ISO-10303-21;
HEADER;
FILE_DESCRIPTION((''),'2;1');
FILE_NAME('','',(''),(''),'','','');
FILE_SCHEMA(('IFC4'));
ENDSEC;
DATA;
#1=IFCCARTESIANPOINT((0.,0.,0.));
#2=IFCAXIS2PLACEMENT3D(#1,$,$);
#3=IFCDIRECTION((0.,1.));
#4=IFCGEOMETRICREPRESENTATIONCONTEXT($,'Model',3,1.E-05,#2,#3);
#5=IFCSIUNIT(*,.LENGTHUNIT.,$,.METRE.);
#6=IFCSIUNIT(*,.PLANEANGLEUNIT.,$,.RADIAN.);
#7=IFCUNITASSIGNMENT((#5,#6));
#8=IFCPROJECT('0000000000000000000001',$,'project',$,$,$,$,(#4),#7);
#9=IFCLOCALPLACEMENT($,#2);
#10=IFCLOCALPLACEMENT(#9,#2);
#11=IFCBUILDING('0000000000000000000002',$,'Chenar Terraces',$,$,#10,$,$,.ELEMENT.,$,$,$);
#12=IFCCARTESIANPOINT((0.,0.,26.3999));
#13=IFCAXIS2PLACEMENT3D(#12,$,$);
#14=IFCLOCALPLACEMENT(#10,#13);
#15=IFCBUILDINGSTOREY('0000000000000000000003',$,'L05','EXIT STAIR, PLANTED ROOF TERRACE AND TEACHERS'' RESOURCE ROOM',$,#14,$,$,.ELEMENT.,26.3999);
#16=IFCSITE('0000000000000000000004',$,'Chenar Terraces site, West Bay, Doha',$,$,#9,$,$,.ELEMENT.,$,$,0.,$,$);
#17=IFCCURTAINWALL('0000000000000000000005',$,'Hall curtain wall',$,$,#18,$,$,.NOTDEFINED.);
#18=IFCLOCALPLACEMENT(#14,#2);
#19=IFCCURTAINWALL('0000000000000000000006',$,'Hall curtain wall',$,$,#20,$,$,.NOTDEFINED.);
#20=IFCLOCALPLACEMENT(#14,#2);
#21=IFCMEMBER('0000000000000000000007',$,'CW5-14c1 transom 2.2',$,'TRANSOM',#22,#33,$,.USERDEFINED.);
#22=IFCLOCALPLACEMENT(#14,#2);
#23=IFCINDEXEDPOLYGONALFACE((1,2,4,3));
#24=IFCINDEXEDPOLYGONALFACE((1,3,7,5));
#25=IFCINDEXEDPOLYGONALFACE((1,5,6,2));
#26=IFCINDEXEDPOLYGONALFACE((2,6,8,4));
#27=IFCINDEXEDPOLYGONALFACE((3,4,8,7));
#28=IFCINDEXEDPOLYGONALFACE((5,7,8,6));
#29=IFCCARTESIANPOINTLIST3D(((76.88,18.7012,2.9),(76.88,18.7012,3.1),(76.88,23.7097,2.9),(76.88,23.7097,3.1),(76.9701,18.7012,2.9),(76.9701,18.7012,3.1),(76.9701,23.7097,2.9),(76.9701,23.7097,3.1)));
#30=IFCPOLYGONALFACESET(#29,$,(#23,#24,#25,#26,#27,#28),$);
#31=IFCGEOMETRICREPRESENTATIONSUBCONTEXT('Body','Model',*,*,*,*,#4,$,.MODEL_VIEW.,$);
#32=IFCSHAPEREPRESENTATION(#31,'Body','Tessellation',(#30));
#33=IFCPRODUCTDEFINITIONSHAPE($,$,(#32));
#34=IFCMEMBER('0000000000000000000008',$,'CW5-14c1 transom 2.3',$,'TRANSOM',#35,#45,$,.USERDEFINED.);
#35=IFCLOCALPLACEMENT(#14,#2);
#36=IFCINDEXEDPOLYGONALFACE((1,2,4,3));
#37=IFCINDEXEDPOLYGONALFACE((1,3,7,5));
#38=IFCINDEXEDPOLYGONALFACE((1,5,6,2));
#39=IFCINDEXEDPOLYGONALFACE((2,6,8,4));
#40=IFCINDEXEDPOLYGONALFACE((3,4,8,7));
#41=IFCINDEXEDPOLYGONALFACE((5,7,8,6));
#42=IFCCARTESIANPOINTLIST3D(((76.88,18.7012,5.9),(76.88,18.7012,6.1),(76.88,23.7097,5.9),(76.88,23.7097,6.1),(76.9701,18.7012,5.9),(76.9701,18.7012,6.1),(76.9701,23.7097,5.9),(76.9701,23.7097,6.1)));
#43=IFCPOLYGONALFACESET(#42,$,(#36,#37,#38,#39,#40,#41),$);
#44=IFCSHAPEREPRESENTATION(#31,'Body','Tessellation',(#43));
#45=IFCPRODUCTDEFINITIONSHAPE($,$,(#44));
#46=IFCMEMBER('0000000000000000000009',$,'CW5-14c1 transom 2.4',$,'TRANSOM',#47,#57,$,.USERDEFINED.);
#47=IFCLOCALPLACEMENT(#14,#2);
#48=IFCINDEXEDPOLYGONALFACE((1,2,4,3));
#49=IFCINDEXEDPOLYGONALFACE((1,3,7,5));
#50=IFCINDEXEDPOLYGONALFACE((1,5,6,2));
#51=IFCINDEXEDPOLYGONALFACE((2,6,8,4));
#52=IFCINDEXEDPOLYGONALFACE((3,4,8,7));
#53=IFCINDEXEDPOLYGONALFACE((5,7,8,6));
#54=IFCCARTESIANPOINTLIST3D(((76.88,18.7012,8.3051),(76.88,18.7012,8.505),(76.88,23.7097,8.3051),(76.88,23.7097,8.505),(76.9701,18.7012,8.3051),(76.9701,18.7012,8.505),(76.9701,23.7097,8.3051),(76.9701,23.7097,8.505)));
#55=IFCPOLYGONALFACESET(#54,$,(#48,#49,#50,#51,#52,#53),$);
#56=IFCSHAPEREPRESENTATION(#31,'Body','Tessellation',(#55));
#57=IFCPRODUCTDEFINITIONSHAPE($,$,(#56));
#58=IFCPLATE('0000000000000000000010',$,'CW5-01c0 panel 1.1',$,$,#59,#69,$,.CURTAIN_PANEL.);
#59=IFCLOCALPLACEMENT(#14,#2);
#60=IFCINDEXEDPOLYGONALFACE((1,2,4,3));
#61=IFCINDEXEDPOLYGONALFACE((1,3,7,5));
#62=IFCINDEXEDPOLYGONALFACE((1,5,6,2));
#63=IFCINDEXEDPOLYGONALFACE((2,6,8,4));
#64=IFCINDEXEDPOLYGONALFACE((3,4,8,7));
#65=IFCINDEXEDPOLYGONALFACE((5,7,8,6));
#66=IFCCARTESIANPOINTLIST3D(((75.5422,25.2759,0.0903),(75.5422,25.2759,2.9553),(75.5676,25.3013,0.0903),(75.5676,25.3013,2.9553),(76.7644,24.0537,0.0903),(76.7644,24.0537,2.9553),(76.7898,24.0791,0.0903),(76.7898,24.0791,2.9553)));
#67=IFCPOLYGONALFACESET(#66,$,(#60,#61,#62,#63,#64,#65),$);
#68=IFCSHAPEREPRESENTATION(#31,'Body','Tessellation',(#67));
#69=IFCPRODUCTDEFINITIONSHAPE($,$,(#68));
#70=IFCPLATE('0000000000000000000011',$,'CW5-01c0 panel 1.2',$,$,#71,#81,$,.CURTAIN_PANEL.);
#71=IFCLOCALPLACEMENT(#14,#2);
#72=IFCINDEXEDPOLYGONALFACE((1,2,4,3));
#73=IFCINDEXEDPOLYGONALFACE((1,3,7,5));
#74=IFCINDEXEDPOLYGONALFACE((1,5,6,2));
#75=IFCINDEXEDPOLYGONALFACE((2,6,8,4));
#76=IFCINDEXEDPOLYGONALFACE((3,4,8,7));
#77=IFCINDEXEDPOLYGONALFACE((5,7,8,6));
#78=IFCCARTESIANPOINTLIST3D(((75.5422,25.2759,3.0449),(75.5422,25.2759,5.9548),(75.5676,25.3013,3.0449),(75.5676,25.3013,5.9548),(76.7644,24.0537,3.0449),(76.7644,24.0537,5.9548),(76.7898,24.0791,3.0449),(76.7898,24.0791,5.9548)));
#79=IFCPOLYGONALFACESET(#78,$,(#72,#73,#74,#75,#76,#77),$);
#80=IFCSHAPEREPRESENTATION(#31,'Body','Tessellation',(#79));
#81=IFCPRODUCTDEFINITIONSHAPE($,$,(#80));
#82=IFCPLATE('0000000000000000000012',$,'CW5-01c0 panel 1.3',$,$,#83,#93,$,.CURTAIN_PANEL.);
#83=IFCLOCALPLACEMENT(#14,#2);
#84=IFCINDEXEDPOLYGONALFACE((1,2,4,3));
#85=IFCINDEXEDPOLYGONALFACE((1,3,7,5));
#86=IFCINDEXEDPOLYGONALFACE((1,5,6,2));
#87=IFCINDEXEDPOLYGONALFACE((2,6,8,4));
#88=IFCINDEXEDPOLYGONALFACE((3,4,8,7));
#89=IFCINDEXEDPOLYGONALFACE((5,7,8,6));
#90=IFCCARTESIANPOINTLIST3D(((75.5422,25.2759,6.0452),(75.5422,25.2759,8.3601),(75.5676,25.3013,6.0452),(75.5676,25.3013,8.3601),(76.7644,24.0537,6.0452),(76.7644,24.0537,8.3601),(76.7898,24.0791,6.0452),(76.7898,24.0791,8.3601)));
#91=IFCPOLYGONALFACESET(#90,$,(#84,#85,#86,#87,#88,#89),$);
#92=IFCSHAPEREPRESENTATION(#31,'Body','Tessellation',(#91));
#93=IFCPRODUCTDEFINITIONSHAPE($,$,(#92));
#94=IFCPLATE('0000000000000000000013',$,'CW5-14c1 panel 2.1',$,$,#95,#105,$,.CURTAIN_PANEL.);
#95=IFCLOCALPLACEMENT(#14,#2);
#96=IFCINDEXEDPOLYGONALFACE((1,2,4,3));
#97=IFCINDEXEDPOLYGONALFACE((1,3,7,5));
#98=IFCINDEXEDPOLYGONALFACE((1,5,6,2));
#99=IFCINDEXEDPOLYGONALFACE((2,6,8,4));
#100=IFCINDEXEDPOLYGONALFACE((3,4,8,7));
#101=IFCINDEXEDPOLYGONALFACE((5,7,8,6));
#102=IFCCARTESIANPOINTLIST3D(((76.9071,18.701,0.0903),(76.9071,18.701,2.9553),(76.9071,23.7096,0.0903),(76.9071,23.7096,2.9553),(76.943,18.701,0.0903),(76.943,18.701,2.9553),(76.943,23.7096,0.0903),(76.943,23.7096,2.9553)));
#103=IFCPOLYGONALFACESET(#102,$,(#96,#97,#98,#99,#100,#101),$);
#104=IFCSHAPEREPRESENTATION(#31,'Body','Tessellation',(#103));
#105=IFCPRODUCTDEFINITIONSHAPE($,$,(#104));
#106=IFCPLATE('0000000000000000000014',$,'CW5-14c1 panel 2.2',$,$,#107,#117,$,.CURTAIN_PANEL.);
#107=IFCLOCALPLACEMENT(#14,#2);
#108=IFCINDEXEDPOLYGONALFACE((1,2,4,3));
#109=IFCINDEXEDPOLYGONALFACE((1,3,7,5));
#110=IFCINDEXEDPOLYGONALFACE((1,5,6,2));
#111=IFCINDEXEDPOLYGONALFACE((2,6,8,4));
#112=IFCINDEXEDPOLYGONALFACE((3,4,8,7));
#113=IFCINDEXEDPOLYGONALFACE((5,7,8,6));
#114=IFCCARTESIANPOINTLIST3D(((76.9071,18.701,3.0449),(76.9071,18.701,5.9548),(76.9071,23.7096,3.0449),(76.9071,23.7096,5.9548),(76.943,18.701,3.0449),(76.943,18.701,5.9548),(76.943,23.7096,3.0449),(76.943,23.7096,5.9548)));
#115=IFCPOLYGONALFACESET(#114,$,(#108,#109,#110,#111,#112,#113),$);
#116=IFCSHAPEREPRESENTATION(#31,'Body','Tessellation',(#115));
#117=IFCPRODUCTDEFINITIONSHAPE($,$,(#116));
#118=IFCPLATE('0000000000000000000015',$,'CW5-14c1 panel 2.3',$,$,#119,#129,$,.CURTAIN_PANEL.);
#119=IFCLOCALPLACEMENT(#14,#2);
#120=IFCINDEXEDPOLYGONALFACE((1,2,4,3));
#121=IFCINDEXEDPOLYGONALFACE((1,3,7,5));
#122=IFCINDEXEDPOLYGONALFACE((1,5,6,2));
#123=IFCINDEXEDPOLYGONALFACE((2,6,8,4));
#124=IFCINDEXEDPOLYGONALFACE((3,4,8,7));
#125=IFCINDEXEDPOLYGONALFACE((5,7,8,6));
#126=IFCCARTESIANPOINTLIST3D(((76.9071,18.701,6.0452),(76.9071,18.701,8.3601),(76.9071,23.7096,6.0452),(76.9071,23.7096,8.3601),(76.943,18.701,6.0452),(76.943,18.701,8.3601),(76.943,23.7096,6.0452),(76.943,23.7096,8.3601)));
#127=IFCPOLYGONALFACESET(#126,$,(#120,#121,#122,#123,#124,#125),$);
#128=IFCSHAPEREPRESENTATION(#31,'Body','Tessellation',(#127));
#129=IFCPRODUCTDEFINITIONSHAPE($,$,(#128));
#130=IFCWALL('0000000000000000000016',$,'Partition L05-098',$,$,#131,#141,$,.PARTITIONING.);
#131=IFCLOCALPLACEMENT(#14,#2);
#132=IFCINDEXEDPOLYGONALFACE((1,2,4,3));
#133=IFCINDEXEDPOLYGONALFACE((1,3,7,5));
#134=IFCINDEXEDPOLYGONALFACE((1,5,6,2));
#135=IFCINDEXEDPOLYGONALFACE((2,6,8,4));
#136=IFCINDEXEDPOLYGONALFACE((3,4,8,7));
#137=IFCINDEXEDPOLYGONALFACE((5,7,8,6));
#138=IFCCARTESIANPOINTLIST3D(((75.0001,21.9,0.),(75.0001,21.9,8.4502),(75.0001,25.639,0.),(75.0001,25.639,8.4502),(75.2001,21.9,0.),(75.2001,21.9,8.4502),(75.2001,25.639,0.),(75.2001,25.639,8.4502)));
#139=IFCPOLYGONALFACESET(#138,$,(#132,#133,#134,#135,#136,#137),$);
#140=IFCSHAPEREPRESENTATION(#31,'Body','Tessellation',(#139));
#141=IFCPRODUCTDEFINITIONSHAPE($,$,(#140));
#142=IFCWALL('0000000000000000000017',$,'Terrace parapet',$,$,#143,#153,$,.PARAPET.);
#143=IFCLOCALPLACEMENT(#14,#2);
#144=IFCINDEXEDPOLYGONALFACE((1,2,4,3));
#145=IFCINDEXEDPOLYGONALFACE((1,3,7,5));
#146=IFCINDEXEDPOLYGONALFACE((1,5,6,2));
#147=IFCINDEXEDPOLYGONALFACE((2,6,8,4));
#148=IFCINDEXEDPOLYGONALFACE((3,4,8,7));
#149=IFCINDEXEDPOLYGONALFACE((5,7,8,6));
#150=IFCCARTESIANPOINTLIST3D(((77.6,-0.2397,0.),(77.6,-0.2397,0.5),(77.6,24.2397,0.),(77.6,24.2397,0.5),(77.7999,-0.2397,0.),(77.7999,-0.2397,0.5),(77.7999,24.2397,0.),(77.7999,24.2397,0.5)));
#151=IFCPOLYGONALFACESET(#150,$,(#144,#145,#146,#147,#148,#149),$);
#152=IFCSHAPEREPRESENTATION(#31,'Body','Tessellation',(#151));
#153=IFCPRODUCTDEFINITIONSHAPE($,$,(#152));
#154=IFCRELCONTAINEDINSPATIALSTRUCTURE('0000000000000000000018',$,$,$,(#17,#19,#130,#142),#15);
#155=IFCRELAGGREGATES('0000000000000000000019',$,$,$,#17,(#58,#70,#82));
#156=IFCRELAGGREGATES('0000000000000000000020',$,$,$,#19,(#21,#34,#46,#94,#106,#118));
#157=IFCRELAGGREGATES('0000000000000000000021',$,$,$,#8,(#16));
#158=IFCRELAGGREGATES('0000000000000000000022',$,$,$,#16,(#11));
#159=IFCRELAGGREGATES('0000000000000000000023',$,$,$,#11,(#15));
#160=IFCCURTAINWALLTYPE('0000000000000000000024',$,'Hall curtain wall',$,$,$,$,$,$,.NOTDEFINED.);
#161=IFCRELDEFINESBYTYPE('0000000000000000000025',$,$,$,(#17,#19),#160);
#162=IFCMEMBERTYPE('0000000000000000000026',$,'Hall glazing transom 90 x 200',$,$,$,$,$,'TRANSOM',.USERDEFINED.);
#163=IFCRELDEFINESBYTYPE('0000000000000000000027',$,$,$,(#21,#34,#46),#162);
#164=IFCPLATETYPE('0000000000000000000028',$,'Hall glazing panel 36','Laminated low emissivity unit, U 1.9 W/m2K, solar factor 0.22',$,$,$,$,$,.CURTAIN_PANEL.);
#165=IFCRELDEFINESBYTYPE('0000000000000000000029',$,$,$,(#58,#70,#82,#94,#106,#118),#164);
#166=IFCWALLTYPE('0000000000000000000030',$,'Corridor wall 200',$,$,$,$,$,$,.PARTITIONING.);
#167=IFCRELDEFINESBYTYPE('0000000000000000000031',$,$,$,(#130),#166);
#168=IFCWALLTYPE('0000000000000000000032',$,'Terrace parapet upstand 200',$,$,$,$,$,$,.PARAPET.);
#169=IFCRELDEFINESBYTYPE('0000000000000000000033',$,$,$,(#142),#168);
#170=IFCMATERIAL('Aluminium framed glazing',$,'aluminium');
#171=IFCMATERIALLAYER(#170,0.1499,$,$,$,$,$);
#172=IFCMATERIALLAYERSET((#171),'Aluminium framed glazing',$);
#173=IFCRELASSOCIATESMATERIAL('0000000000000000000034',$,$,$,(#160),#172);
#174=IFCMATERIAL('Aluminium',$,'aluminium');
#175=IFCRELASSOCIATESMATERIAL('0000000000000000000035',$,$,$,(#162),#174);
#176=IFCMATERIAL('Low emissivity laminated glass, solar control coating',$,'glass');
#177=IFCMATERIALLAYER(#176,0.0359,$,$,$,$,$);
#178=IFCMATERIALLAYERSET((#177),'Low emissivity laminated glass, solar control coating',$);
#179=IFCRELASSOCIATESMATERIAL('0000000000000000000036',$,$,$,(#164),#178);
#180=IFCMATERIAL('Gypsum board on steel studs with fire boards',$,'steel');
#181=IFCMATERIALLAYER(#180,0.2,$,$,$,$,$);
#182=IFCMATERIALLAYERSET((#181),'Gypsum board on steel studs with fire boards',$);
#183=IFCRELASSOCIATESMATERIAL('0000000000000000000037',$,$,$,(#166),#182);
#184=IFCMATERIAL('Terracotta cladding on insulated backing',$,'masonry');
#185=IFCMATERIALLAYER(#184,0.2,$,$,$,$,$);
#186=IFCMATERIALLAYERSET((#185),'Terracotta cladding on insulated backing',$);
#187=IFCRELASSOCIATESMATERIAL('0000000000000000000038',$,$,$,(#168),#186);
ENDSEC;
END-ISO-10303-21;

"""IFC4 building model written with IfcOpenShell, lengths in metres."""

from ifc_helpers import new_model, si_unit, direction, frame, frame_2d, origin, origin_2d, place, context, subcontext, project, spatial, rectangle, extrude, material, layer, layer_set, material_profile, profile_set, type_object, element, aggregate, save


model = new_model("IFC4")

# Units and contexts
model_context = context("Model", 3, precision=1e-05, world=origin(), true_north=direction((0.0, 1.0)))
body_context = subcontext(model_context, "Body", "Model", "MODEL_VIEW")
ifc_project = project(units=[si_unit("LENGTHUNIT", "METRE"), si_unit("PLANEANGLEUNIT", "RADIAN")], contexts=[model_context])

# Site, building, storey
site_placement = place(None, origin())
site = spatial("IfcSite", under=ifc_project, at=site_placement, Name="Chenar Terraces site, West Bay, Doha", CompositionType="ELEMENT", RefElevation=0.0)
building_placement = place(site_placement, origin())
building = spatial("IfcBuilding", under=site, at=building_placement, Name="Chenar Terraces", CompositionType="ELEMENT")
storey_placement = place(building_placement, frame((0.0, 0.0, 26.3999)))
storey = spatial("IfcBuildingStorey", under=building, at=storey_placement, Name="L05", Description="EXIT STAIR, PLANTED ROOF TERRACE AND TEACHERS' RESOURCE ROOM", CompositionType="ELEMENT", Elevation=26.3999)

# Curtain wall
ifc_material_1 = material(Name="Aluminium framed glazing", Category="aluminium")
ifc_layer_1 = layer(ifc_material_1, 0.1499)
ifc_layer_set_1 = layer_set([ifc_layer_1], Name="Aluminium framed glazing")
curtain_wall_type = type_object("IfcCurtainWallType", Name="Hall curtain wall", PredefinedType="NOTDEFINED", material=ifc_layer_set_1)
placement = place(storey_placement, origin())
curtain_wall_1 = element("IfcCurtainWall", 1, at=placement, inside=storey, type_object=curtain_wall_type, Name="Hall curtain wall", PredefinedType="NOTDEFINED")

# Curtain wall
curtain_wall_2 = element("IfcCurtainWall", 2, at=placement, inside=storey, type_object=curtain_wall_type, Name="Hall curtain wall", PredefinedType="NOTDEFINED")

# Members
ifc_material_2 = material(Name="Aluminium", Category="aluminium")
ifc_material_profile_1 = material_profile(ifc_material_2, rectangle(XDim=0.0901, YDim=0.2, at=origin_2d()), Name="Hall glazing transom 90 x 200")
ifc_profile_set_1 = profile_set([ifc_material_profile_1], Name="Aluminium")
member_type_1 = type_object("IfcMemberType", Name="Hall glazing transom 90 x 200", ElementType="TRANSOM", PredefinedType="USERDEFINED", material=ifc_profile_set_1)
member_1_placement = place(storey_placement, frame((76.925, 18.7012, 3.0), z_axis=(0.0, 1.0, 0.0), x_axis=(-1.0, 0.0, 0.0)))
member_1 = element("IfcMember", 3, at=member_1_placement, type_object=member_type_1, Name="CW5-14c1 transom 2.2", ObjectType="TRANSOM", PredefinedType="USERDEFINED", context=body_context, shape_type="SweptSolid", body=[
    extrude(rectangle(XDim=0.0901, YDim=0.2, at=origin_2d()), origin(), (0.0, 0.0, 1.0), 5.0085),
])
member_2_placement = place(storey_placement, frame((76.925, 18.7012, 6.0), z_axis=(0.0, 1.0, 0.0), x_axis=(-1.0, 0.0, 0.0)))
member_2 = element("IfcMember", 4, at=member_2_placement, type_object=member_type_1, Name="CW5-14c1 transom 2.3", ObjectType="TRANSOM", PredefinedType="USERDEFINED", context=body_context, shape_type="SweptSolid", body=[
    extrude(rectangle(XDim=0.0901, YDim=0.2, at=origin_2d()), origin(), (0.0, 0.0, 1.0), 5.0085),
])
member_3_placement = place(storey_placement, frame((76.925, 18.7012, 8.405), z_axis=(0.0, 1.0, 0.0), x_axis=(-1.0, 0.0, 0.0)))
member_3 = element("IfcMember", 5, at=member_3_placement, type_object=member_type_1, Name="CW5-14c1 transom 2.4", ObjectType="TRANSOM", PredefinedType="USERDEFINED", context=body_context, shape_type="SweptSolid", body=[
    extrude(rectangle(XDim=0.0901, YDim=0.2, at=origin_2d()), origin(), (0.0, 0.0, 1.0), 5.0085),
])

# Plates
ifc_material_3 = material(Name="Low emissivity laminated glass, solar control coating", Category="glass")
ifc_layer_2 = layer(ifc_material_3, 0.0359)
ifc_layer_set_2 = layer_set([ifc_layer_2], Name="Low emissivity laminated glass, solar control coating")
plate_type = type_object("IfcPlateType", Name="Hall glazing panel 36", Description="Laminated low emissivity unit, U 1.9 W/m2K, solar factor 0.22", PredefinedType="CURTAIN_PANEL", material=ifc_layer_set_2)
plate_1_placement = place(storey_placement, frame((76.166, 24.6775, 0.0903), z_axis=(0.0, 0.0, 1.0), x_axis=(-0.707107, 0.707107, 0.0)))
plate_1 = element("IfcPlate", 6, at=plate_1_placement, type_object=plate_type, Name="CW5-01c0 panel 1.1", PredefinedType="CURTAIN_PANEL", context=body_context, shape_type="SweptSolid", body=[
    extrude(rectangle(XDim=1.7285, YDim=0.0359, at=origin_2d()), origin(), (0.0, 0.0, 1.0), 2.865),
])
plate_2_placement = place(storey_placement, frame((76.166, 24.6775, 3.0449), z_axis=(0.0, 0.0, 1.0), x_axis=(-0.707107, 0.707107, 0.0)))
plate_2 = element("IfcPlate", 7, at=plate_2_placement, type_object=plate_type, Name="CW5-01c0 panel 1.2", PredefinedType="CURTAIN_PANEL", context=body_context, shape_type="SweptSolid", body=[
    extrude(rectangle(XDim=1.7285, YDim=0.0359, at=origin_2d()), origin(), (0.0, 0.0, 1.0), 2.9099),
])
plate_3_placement = place(storey_placement, frame((76.166, 24.6775, 6.0452), z_axis=(0.0, 0.0, 1.0), x_axis=(-0.707107, 0.707107, 0.0)))
plate_3 = element("IfcPlate", 8, at=plate_3_placement, type_object=plate_type, Name="CW5-01c0 panel 1.3", PredefinedType="CURTAIN_PANEL", context=body_context, shape_type="SweptSolid", body=[
    extrude(rectangle(XDim=1.7285, YDim=0.0359, at=origin_2d()), origin(), (0.0, 0.0, 1.0), 2.3149),
])
aggregate(curtain_wall_1, [plate_1, plate_2, plate_3])
plate_4_placement = place(storey_placement, frame((76.925, 21.2053, 0.0903), z_axis=(0.0, 0.0, 1.0), x_axis=(0.0, 1.0, 0.0)))
plate_4 = element("IfcPlate", 9, at=plate_4_placement, type_object=plate_type, Name="CW5-14c1 panel 2.1", PredefinedType="CURTAIN_PANEL", context=body_context, shape_type="SweptSolid", body=[
    extrude(rectangle(XDim=5.0085, YDim=0.0359, at=origin_2d()), origin(), (0.0, 0.0, 1.0), 2.865),
])
plate_5_placement = place(storey_placement, frame((76.925, 21.2053, 3.0449), z_axis=(0.0, 0.0, 1.0), x_axis=(0.0, 1.0, 0.0)))
plate_5 = element("IfcPlate", 10, at=plate_5_placement, type_object=plate_type, Name="CW5-14c1 panel 2.2", PredefinedType="CURTAIN_PANEL", context=body_context, shape_type="SweptSolid", body=[
    extrude(rectangle(XDim=5.0085, YDim=0.0359, at=origin_2d()), origin(), (0.0, 0.0, 1.0), 2.9099),
])
plate_6_placement = place(storey_placement, frame((76.925, 21.2053, 6.0452), z_axis=(0.0, 0.0, 1.0), x_axis=(0.0, 1.0, 0.0)))
plate_6 = element("IfcPlate", 11, at=plate_6_placement, type_object=plate_type, Name="CW5-14c1 panel 2.3", PredefinedType="CURTAIN_PANEL", context=body_context, shape_type="SweptSolid", body=[
    extrude(rectangle(XDim=5.0085, YDim=0.0359, at=origin_2d()), origin(), (0.0, 0.0, 1.0), 2.3149),
])
aggregate(curtain_wall_2, [member_1, member_2, member_3, plate_4, plate_5, plate_6])

# Wall
ifc_material_4 = material(Name="Gypsum board on steel studs with fire boards", Category="steel")
ifc_layer_3 = layer(ifc_material_4, 0.2)
ifc_layer_set_3 = layer_set([ifc_layer_3], Name="Gypsum board on steel studs with fire boards")
wall_type_1 = type_object("IfcWallType", Name="Corridor wall 200", PredefinedType="PARTITIONING", material=ifc_layer_set_3)
wall_1_placement = place(storey_placement, frame((75.1001, 21.8999, 0.0), z_axis=(0.0, 0.0, 1.0), x_axis=(0.0, 1.0, 0.0)))
element("IfcWall", 12, at=wall_1_placement, inside=storey, type_object=wall_type_1, Name="Partition L05-098", PredefinedType="PARTITIONING", context=body_context, shape_type="SweptSolid", body=[
    extrude(rectangle(XDim=3.739, YDim=0.2, at=frame_2d((1.8696, 0.0))), origin(), (0.0, 0.0, 1.0), 8.4502),
])

# Wall
ifc_material_5 = material(Name="Terracotta cladding on insulated backing", Category="masonry")
ifc_layer_4 = layer(ifc_material_5, 0.2)
ifc_layer_set_4 = layer_set([ifc_layer_4], Name="Terracotta cladding on insulated backing")
wall_type_2 = type_object("IfcWallType", Name="Terrace parapet upstand 200", PredefinedType="PARAPET", material=ifc_layer_set_4)
wall_2_placement = place(storey_placement, frame((77.7, 24.2397, 0.0), z_axis=(0.0, 0.0, 1.0), x_axis=(0.0, -1.0, 0.0)))
element("IfcWall", 13, at=wall_2_placement, inside=storey, type_object=wall_type_2, Name="Terrace parapet", PredefinedType="PARAPET", context=body_context, shape_type="SweptSolid", body=[
    extrude(rectangle(XDim=24.4795, YDim=0.2, at=frame_2d((12.2397, 0.0))), origin(), (0.0, 0.0, 1.0), 0.5),
])

save(model, "model.ifc")
